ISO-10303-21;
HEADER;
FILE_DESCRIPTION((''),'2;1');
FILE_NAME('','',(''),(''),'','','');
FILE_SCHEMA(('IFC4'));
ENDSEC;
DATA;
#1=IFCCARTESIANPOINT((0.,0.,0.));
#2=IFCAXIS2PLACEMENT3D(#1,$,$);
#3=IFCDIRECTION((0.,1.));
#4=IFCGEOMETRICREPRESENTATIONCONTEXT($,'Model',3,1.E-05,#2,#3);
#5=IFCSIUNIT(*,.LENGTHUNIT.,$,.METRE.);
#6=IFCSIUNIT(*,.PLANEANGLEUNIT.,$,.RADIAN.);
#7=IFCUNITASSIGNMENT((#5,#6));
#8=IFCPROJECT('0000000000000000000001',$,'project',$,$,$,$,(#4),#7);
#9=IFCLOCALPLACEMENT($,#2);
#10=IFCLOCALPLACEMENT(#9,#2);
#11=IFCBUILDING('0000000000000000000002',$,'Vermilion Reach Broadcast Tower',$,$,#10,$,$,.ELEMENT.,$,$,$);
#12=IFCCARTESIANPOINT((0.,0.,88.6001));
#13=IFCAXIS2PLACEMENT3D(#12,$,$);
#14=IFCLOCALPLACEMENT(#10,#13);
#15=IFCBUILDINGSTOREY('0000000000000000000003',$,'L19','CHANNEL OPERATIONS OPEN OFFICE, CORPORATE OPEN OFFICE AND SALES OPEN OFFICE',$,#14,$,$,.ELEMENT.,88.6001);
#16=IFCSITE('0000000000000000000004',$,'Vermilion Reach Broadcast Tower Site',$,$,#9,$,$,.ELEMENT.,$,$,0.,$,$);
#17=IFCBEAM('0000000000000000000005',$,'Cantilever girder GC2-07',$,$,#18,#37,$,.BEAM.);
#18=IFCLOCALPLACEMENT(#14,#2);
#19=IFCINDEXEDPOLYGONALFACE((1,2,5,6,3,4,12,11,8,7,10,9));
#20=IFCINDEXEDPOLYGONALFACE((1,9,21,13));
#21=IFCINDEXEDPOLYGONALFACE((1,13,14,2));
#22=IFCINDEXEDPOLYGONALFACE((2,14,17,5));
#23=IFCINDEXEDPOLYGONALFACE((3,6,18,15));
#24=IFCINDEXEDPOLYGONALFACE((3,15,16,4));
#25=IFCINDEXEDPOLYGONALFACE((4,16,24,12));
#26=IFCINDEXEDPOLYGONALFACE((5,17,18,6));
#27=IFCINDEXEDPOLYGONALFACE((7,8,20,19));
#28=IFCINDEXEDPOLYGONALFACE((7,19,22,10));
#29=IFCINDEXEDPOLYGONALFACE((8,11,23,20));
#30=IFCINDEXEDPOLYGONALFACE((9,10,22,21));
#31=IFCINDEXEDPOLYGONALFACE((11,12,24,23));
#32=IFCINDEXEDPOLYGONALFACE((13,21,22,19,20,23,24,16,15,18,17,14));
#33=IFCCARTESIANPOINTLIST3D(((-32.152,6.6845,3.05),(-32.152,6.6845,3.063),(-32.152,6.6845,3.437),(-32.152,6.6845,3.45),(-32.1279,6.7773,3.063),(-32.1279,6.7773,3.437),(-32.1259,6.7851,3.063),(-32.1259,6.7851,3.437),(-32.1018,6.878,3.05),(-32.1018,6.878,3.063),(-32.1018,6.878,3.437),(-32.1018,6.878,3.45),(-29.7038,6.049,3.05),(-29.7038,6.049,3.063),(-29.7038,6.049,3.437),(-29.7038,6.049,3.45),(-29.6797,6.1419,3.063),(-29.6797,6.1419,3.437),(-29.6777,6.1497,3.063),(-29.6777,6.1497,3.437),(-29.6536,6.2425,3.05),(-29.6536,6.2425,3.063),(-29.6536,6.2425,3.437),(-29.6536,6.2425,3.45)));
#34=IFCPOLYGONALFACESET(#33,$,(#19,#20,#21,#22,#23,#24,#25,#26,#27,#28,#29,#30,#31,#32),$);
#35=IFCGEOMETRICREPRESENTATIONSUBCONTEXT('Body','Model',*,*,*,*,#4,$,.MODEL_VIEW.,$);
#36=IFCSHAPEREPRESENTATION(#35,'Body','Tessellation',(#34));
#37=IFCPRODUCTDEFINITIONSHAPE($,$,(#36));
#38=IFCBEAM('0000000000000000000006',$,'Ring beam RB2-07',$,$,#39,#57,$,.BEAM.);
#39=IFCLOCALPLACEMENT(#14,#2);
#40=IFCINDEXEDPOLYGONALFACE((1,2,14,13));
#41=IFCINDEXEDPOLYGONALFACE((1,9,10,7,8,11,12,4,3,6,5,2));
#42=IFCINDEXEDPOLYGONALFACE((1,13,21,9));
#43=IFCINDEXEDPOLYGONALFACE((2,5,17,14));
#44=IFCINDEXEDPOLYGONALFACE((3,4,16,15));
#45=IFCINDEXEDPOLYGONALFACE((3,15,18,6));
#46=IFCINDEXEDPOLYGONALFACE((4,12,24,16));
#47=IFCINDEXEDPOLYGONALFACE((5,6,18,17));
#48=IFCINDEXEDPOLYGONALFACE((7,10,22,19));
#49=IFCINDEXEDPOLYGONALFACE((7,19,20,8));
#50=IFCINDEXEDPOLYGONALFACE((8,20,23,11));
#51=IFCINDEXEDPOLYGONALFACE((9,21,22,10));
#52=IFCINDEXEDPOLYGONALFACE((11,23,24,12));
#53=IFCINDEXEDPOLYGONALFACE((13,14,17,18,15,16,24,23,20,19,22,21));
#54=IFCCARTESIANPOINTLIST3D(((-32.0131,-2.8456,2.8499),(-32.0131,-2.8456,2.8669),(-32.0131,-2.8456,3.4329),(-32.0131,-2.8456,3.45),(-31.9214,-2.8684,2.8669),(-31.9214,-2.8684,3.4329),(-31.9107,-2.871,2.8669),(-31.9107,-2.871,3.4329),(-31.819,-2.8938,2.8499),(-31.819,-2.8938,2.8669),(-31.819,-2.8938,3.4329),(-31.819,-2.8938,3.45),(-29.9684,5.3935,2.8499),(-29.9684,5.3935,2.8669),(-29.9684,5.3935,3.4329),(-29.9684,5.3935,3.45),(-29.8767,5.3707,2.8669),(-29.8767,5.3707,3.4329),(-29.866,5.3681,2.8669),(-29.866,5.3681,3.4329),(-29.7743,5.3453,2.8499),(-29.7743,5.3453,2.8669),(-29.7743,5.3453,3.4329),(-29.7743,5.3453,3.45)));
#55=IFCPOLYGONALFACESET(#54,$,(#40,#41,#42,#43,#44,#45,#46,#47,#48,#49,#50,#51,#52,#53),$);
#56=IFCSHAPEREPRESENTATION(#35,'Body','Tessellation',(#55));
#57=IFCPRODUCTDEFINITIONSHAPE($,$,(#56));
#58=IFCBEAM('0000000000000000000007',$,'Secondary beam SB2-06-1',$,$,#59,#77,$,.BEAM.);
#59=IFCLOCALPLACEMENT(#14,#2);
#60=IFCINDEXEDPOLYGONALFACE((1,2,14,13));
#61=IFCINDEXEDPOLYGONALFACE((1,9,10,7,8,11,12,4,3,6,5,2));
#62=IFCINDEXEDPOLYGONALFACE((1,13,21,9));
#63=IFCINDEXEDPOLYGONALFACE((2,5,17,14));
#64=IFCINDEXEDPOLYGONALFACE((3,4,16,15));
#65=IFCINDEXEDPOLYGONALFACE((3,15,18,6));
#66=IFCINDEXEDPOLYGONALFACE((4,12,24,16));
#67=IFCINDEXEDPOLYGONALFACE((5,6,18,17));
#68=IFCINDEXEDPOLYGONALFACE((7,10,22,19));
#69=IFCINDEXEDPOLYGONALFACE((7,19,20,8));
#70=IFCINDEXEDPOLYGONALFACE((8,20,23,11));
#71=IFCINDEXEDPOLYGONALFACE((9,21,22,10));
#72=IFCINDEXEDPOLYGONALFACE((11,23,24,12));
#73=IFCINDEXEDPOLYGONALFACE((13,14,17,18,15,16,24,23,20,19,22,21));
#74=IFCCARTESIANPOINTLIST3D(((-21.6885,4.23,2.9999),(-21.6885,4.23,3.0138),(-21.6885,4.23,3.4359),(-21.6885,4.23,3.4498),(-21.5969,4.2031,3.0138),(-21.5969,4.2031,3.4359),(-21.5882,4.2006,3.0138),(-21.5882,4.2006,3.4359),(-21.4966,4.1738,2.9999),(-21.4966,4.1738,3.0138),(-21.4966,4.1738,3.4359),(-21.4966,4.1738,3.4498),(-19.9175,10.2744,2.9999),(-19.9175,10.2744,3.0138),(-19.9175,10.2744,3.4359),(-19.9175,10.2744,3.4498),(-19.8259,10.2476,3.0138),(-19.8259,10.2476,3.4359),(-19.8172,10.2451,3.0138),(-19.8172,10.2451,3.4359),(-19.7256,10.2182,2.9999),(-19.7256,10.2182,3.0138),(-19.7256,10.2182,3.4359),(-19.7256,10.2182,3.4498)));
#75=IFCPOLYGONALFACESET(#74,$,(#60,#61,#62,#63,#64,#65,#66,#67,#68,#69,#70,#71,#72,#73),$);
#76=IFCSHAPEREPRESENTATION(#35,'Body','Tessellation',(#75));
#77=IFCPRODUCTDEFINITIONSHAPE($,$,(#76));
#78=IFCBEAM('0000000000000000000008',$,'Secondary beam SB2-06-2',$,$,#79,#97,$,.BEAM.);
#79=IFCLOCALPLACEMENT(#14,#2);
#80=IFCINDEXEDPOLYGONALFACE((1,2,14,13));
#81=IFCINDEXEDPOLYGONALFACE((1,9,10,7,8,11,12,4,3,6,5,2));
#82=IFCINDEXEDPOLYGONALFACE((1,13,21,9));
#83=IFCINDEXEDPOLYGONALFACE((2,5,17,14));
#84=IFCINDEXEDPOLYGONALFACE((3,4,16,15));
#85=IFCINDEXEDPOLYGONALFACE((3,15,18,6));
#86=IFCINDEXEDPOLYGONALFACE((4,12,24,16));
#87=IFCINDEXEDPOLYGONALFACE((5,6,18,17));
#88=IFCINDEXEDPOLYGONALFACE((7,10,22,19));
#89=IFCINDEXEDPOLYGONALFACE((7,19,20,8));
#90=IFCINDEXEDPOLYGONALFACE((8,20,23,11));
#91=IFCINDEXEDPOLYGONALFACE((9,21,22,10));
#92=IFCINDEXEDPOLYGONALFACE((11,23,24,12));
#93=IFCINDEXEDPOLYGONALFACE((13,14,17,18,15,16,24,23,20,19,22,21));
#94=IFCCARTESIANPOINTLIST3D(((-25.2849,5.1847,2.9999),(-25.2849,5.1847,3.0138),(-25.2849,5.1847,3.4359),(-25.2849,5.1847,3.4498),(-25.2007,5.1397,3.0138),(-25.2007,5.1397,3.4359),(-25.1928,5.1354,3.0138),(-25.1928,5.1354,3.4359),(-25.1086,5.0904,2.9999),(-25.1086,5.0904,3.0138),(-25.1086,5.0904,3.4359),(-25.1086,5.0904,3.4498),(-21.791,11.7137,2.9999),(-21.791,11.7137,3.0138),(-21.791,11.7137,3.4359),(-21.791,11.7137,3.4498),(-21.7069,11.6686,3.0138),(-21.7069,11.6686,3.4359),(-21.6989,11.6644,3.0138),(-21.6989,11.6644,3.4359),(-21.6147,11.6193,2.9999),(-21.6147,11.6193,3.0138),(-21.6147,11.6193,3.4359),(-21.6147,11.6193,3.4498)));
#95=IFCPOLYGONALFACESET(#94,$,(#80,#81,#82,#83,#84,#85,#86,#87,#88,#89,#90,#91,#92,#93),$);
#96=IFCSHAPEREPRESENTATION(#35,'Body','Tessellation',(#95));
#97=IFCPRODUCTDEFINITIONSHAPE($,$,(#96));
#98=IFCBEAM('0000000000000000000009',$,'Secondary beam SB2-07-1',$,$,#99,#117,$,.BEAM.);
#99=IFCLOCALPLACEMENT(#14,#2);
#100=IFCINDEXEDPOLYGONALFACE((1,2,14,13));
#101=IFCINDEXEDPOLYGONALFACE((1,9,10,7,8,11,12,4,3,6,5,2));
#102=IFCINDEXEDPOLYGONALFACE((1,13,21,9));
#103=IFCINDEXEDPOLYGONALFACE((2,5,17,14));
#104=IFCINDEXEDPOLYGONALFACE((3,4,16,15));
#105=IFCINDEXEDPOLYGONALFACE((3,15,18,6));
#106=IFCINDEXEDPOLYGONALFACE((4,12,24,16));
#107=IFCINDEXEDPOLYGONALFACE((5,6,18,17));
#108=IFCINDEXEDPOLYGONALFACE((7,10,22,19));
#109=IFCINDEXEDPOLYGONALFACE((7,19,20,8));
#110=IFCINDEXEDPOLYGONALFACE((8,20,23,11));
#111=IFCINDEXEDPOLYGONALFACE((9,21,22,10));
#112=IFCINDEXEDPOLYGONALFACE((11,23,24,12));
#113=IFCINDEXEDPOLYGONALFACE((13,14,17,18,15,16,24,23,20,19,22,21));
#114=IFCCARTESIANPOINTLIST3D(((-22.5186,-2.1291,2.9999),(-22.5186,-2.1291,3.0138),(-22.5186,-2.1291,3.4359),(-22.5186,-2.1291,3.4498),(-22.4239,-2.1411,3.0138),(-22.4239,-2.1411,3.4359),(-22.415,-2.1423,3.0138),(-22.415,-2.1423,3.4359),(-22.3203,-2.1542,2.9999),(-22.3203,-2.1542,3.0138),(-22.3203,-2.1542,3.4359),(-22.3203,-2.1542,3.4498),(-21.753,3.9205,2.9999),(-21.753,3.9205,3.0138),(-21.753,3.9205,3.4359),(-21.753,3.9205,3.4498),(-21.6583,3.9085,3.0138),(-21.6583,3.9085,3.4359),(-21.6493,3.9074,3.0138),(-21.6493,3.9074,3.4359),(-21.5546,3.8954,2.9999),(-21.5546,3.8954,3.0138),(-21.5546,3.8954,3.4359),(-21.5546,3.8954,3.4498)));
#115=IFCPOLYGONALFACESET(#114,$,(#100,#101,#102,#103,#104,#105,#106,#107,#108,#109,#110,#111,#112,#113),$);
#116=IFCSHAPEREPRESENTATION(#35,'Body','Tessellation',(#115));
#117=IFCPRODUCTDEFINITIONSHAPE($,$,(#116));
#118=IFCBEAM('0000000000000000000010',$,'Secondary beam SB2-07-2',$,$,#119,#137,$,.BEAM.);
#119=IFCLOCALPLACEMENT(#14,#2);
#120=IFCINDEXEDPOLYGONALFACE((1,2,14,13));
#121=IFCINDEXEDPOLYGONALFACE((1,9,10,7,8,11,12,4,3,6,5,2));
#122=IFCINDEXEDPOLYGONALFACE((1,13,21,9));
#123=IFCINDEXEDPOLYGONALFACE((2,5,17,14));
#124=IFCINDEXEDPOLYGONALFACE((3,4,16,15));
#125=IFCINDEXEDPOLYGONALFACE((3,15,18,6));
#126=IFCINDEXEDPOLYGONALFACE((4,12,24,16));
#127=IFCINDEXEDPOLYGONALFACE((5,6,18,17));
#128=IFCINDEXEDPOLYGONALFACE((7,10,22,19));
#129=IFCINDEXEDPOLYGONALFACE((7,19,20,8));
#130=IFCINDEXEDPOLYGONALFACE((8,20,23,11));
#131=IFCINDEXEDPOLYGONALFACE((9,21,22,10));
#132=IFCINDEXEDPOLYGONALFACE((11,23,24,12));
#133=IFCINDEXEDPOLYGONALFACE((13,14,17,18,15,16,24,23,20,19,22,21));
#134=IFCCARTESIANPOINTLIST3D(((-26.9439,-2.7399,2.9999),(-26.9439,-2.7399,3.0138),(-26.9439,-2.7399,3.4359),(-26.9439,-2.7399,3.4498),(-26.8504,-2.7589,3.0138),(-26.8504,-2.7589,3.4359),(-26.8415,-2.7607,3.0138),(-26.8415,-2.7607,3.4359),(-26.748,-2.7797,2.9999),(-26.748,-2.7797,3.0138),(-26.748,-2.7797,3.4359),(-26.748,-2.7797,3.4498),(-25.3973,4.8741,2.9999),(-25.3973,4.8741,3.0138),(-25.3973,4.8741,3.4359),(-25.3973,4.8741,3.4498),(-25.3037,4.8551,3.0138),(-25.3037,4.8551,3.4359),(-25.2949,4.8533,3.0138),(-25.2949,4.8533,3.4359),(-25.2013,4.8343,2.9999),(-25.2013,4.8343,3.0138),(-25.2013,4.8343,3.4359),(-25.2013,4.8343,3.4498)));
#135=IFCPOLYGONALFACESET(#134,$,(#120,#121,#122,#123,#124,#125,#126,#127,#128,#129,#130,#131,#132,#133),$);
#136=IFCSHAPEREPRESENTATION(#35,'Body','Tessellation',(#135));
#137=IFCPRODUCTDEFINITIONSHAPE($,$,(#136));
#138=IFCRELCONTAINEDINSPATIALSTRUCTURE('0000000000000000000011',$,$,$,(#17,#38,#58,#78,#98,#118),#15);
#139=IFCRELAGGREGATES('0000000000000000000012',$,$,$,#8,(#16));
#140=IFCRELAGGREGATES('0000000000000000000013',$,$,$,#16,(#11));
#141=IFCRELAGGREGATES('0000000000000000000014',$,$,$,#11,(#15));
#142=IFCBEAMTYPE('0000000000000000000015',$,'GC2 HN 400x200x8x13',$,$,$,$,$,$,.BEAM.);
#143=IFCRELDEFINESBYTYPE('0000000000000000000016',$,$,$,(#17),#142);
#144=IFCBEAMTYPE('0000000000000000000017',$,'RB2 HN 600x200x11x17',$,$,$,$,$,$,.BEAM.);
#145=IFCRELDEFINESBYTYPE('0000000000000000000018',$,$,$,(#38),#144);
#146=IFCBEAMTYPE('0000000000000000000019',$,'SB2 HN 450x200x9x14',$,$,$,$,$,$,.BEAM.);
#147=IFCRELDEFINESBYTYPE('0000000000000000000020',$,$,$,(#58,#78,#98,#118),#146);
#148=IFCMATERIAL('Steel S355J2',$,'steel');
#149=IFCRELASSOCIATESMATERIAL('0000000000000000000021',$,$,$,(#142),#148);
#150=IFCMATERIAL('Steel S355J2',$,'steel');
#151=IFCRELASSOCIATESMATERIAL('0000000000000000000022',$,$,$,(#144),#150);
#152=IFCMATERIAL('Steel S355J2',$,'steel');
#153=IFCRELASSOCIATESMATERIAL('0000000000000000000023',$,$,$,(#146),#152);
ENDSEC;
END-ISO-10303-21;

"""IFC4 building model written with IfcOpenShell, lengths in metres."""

from ifc_helpers import new_model, si_unit, direction, frame, origin, origin_2d, place, context, subcontext, project, spatial, i_section, extrude, material, material_profile, profile_set, type_object, element, save


model = new_model("IFC4")

# Units and contexts
model_context = context("Model", 3, precision=1e-05, world=origin(), true_north=direction((0.0, 1.0)))
body_context = subcontext(model_context, "Body", "Model", "MODEL_VIEW")
ifc_project = project(units=[si_unit("LENGTHUNIT", "METRE"), si_unit("PLANEANGLEUNIT", "RADIAN")], contexts=[model_context])

# Site, building, storey
site_placement = place(None, origin())
site = spatial("IfcSite", under=ifc_project, at=site_placement, Name="Vermilion Reach Broadcast Tower Site", CompositionType="ELEMENT", RefElevation=0.0)
building_placement = place(site_placement, origin())
building = spatial("IfcBuilding", under=site, at=building_placement, Name="Vermilion Reach Broadcast Tower", CompositionType="ELEMENT")
storey_placement = place(building_placement, frame((0.0, 0.0, 88.6001)))
storey = spatial("IfcBuildingStorey", under=building, at=storey_placement, Name="L19", Description="CHANNEL OPERATIONS OPEN OFFICE, CORPORATE OPEN OFFICE AND SALES OPEN OFFICE", CompositionType="ELEMENT", Elevation=88.6001)

# Beams
ifc_material_1 = material(Name="Steel S355J2", Category="steel")
ifc_material_profile_1 = material_profile(ifc_material_1, i_section(OverallWidth=0.2, OverallDepth=0.3999, WebThickness=0.0081, FlangeThickness=0.0129, at=origin_2d()), Name="S355J2 HN 400x200x8x13")
ifc_profile_set_1 = profile_set([ifc_material_profile_1], Name="Steel S355J2")
beam_type_1 = type_object("IfcBeamType", Name="GC2 HN 400x200x8x13", PredefinedType="BEAM", material=ifc_profile_set_1)
beam_1_placement = place(storey_placement, frame((-29.6787, 6.1458, 3.25), z_axis=(-0.967923, 0.251247, 0.0), x_axis=(-0.251247, -0.967923, 0.0)))
element("IfcBeam", 1, at=beam_1_placement, inside=storey, type_object=beam_type_1, Name="Cantilever girder GC2-07", PredefinedType="BEAM", context=body_context, shape_type="SweptSolid", body=[
    extrude(i_section(OverallWidth=0.2, OverallDepth=0.3999, WebThickness=0.0081, FlangeThickness=0.0129, at=origin_2d()), origin(), (0.0, 0.0, 1.0), 2.5293),
])
ifc_material_2 = material(Name="Steel S355J2", Category="steel")
ifc_material_profile_2 = material_profile(ifc_material_2, i_section(OverallWidth=0.2, OverallDepth=0.6001, WebThickness=0.011, FlangeThickness=0.0171, at=origin_2d()), Name="S355J2 HN 600x200x11x17")
ifc_profile_set_2 = profile_set([ifc_material_profile_2], Name="Steel S355J2")
beam_type_2 = type_object("IfcBeamType", Name="RB2 HN 600x200x11x17", PredefinedType="BEAM", material=ifc_profile_set_2)
beam_2_placement = place(storey_placement, frame((-29.8713, 5.3694, 3.1499), z_axis=(-0.240864, -0.970559, 0.0), x_axis=(0.970559, -0.240864, 0.0)))
element("IfcBeam", 2, at=beam_2_placement, inside=storey, type_object=beam_type_2, Name="Ring beam RB2-07", PredefinedType="BEAM", context=body_context, shape_type="SweptSolid", body=[
    extrude(i_section(OverallWidth=0.2, OverallDepth=0.6001, WebThickness=0.011, FlangeThickness=0.0171, at=origin_2d()), origin(), (0.0, 0.0, 1.0), 8.489),
])
ifc_material_3 = material(Name="Steel S355J2", Category="steel")
ifc_material_profile_3 = material_profile(ifc_material_3, i_section(OverallWidth=0.2, OverallDepth=0.45, WebThickness=0.009, FlangeThickness=0.0139, at=origin_2d()), Name="S355J2 HN 450x200x9x14")
ifc_profile_set_3 = profile_set([ifc_material_profile_3], Name="Steel S355J2")
beam_type_3 = type_object("IfcBeamType", Name="SB2 HN 450x200x9x14", PredefinedType="BEAM", material=ifc_profile_set_3)
beam_3_placement = place(storey_placement, frame((-19.8215, 10.2463, 3.2249), z_axis=(-0.281176, -0.959656, 0.0), x_axis=(0.959656, -0.281176, 0.0)))
element("IfcBeam", 3, at=beam_3_placement, inside=storey, type_object=beam_type_3, Name="Secondary beam SB2-06-1", PredefinedType="BEAM", context=body_context, shape_type="SweptSolid", body=[
    extrude(i_section(OverallWidth=0.2, OverallDepth=0.45, WebThickness=0.009, FlangeThickness=0.0139, at=origin_2d()), origin(), (0.0, 0.0, 1.0), 6.2986),
])
beam_4_placement = place(storey_placement, frame((-21.7029, 11.6665, 3.2249), z_axis=(-0.471822, -0.881694, 0.0), x_axis=(0.881694, -0.471822, 0.0)))
element("IfcBeam", 4, at=beam_4_placement, inside=storey, type_object=beam_type_3, Name="Secondary beam SB2-06-2", PredefinedType="BEAM", context=body_context, shape_type="SweptSolid", body=[
    extrude(i_section(OverallWidth=0.2, OverallDepth=0.45, WebThickness=0.009, FlangeThickness=0.0139, at=origin_2d()), origin(), (0.0, 0.0, 1.0), 7.405),
])
beam_5_placement = place(storey_placement, frame((-21.6538, 3.908, 3.2249), z_axis=(-0.125557, -0.992086, 0.0), x_axis=(0.992086, -0.125557, 0.0)))
element("IfcBeam", 5, at=beam_5_placement, inside=storey, type_object=beam_type_3, Name="Secondary beam SB2-07-1", PredefinedType="BEAM", context=body_context, shape_type="SweptSolid", body=[
    extrude(i_section(OverallWidth=0.2, OverallDepth=0.45, WebThickness=0.009, FlangeThickness=0.0139, at=origin_2d()), origin(), (0.0, 0.0, 1.0), 6.0979),
])
beam_6_placement = place(storey_placement, frame((-25.2993, 4.8542, 3.2249), z_axis=(-0.199064, -0.979986, 0.0), x_axis=(0.979986, -0.199064, 0.0)))
element("IfcBeam", 6, at=beam_6_placement, inside=storey, type_object=beam_type_3, Name="Secondary beam SB2-07-2", PredefinedType="BEAM", context=body_context, shape_type="SweptSolid", body=[
    extrude(i_section(OverallWidth=0.2, OverallDepth=0.45, WebThickness=0.009, FlangeThickness=0.0139, at=origin_2d()), origin(), (0.0, 0.0, 1.0), 7.7695),
])

save(model, "model.ifc")
